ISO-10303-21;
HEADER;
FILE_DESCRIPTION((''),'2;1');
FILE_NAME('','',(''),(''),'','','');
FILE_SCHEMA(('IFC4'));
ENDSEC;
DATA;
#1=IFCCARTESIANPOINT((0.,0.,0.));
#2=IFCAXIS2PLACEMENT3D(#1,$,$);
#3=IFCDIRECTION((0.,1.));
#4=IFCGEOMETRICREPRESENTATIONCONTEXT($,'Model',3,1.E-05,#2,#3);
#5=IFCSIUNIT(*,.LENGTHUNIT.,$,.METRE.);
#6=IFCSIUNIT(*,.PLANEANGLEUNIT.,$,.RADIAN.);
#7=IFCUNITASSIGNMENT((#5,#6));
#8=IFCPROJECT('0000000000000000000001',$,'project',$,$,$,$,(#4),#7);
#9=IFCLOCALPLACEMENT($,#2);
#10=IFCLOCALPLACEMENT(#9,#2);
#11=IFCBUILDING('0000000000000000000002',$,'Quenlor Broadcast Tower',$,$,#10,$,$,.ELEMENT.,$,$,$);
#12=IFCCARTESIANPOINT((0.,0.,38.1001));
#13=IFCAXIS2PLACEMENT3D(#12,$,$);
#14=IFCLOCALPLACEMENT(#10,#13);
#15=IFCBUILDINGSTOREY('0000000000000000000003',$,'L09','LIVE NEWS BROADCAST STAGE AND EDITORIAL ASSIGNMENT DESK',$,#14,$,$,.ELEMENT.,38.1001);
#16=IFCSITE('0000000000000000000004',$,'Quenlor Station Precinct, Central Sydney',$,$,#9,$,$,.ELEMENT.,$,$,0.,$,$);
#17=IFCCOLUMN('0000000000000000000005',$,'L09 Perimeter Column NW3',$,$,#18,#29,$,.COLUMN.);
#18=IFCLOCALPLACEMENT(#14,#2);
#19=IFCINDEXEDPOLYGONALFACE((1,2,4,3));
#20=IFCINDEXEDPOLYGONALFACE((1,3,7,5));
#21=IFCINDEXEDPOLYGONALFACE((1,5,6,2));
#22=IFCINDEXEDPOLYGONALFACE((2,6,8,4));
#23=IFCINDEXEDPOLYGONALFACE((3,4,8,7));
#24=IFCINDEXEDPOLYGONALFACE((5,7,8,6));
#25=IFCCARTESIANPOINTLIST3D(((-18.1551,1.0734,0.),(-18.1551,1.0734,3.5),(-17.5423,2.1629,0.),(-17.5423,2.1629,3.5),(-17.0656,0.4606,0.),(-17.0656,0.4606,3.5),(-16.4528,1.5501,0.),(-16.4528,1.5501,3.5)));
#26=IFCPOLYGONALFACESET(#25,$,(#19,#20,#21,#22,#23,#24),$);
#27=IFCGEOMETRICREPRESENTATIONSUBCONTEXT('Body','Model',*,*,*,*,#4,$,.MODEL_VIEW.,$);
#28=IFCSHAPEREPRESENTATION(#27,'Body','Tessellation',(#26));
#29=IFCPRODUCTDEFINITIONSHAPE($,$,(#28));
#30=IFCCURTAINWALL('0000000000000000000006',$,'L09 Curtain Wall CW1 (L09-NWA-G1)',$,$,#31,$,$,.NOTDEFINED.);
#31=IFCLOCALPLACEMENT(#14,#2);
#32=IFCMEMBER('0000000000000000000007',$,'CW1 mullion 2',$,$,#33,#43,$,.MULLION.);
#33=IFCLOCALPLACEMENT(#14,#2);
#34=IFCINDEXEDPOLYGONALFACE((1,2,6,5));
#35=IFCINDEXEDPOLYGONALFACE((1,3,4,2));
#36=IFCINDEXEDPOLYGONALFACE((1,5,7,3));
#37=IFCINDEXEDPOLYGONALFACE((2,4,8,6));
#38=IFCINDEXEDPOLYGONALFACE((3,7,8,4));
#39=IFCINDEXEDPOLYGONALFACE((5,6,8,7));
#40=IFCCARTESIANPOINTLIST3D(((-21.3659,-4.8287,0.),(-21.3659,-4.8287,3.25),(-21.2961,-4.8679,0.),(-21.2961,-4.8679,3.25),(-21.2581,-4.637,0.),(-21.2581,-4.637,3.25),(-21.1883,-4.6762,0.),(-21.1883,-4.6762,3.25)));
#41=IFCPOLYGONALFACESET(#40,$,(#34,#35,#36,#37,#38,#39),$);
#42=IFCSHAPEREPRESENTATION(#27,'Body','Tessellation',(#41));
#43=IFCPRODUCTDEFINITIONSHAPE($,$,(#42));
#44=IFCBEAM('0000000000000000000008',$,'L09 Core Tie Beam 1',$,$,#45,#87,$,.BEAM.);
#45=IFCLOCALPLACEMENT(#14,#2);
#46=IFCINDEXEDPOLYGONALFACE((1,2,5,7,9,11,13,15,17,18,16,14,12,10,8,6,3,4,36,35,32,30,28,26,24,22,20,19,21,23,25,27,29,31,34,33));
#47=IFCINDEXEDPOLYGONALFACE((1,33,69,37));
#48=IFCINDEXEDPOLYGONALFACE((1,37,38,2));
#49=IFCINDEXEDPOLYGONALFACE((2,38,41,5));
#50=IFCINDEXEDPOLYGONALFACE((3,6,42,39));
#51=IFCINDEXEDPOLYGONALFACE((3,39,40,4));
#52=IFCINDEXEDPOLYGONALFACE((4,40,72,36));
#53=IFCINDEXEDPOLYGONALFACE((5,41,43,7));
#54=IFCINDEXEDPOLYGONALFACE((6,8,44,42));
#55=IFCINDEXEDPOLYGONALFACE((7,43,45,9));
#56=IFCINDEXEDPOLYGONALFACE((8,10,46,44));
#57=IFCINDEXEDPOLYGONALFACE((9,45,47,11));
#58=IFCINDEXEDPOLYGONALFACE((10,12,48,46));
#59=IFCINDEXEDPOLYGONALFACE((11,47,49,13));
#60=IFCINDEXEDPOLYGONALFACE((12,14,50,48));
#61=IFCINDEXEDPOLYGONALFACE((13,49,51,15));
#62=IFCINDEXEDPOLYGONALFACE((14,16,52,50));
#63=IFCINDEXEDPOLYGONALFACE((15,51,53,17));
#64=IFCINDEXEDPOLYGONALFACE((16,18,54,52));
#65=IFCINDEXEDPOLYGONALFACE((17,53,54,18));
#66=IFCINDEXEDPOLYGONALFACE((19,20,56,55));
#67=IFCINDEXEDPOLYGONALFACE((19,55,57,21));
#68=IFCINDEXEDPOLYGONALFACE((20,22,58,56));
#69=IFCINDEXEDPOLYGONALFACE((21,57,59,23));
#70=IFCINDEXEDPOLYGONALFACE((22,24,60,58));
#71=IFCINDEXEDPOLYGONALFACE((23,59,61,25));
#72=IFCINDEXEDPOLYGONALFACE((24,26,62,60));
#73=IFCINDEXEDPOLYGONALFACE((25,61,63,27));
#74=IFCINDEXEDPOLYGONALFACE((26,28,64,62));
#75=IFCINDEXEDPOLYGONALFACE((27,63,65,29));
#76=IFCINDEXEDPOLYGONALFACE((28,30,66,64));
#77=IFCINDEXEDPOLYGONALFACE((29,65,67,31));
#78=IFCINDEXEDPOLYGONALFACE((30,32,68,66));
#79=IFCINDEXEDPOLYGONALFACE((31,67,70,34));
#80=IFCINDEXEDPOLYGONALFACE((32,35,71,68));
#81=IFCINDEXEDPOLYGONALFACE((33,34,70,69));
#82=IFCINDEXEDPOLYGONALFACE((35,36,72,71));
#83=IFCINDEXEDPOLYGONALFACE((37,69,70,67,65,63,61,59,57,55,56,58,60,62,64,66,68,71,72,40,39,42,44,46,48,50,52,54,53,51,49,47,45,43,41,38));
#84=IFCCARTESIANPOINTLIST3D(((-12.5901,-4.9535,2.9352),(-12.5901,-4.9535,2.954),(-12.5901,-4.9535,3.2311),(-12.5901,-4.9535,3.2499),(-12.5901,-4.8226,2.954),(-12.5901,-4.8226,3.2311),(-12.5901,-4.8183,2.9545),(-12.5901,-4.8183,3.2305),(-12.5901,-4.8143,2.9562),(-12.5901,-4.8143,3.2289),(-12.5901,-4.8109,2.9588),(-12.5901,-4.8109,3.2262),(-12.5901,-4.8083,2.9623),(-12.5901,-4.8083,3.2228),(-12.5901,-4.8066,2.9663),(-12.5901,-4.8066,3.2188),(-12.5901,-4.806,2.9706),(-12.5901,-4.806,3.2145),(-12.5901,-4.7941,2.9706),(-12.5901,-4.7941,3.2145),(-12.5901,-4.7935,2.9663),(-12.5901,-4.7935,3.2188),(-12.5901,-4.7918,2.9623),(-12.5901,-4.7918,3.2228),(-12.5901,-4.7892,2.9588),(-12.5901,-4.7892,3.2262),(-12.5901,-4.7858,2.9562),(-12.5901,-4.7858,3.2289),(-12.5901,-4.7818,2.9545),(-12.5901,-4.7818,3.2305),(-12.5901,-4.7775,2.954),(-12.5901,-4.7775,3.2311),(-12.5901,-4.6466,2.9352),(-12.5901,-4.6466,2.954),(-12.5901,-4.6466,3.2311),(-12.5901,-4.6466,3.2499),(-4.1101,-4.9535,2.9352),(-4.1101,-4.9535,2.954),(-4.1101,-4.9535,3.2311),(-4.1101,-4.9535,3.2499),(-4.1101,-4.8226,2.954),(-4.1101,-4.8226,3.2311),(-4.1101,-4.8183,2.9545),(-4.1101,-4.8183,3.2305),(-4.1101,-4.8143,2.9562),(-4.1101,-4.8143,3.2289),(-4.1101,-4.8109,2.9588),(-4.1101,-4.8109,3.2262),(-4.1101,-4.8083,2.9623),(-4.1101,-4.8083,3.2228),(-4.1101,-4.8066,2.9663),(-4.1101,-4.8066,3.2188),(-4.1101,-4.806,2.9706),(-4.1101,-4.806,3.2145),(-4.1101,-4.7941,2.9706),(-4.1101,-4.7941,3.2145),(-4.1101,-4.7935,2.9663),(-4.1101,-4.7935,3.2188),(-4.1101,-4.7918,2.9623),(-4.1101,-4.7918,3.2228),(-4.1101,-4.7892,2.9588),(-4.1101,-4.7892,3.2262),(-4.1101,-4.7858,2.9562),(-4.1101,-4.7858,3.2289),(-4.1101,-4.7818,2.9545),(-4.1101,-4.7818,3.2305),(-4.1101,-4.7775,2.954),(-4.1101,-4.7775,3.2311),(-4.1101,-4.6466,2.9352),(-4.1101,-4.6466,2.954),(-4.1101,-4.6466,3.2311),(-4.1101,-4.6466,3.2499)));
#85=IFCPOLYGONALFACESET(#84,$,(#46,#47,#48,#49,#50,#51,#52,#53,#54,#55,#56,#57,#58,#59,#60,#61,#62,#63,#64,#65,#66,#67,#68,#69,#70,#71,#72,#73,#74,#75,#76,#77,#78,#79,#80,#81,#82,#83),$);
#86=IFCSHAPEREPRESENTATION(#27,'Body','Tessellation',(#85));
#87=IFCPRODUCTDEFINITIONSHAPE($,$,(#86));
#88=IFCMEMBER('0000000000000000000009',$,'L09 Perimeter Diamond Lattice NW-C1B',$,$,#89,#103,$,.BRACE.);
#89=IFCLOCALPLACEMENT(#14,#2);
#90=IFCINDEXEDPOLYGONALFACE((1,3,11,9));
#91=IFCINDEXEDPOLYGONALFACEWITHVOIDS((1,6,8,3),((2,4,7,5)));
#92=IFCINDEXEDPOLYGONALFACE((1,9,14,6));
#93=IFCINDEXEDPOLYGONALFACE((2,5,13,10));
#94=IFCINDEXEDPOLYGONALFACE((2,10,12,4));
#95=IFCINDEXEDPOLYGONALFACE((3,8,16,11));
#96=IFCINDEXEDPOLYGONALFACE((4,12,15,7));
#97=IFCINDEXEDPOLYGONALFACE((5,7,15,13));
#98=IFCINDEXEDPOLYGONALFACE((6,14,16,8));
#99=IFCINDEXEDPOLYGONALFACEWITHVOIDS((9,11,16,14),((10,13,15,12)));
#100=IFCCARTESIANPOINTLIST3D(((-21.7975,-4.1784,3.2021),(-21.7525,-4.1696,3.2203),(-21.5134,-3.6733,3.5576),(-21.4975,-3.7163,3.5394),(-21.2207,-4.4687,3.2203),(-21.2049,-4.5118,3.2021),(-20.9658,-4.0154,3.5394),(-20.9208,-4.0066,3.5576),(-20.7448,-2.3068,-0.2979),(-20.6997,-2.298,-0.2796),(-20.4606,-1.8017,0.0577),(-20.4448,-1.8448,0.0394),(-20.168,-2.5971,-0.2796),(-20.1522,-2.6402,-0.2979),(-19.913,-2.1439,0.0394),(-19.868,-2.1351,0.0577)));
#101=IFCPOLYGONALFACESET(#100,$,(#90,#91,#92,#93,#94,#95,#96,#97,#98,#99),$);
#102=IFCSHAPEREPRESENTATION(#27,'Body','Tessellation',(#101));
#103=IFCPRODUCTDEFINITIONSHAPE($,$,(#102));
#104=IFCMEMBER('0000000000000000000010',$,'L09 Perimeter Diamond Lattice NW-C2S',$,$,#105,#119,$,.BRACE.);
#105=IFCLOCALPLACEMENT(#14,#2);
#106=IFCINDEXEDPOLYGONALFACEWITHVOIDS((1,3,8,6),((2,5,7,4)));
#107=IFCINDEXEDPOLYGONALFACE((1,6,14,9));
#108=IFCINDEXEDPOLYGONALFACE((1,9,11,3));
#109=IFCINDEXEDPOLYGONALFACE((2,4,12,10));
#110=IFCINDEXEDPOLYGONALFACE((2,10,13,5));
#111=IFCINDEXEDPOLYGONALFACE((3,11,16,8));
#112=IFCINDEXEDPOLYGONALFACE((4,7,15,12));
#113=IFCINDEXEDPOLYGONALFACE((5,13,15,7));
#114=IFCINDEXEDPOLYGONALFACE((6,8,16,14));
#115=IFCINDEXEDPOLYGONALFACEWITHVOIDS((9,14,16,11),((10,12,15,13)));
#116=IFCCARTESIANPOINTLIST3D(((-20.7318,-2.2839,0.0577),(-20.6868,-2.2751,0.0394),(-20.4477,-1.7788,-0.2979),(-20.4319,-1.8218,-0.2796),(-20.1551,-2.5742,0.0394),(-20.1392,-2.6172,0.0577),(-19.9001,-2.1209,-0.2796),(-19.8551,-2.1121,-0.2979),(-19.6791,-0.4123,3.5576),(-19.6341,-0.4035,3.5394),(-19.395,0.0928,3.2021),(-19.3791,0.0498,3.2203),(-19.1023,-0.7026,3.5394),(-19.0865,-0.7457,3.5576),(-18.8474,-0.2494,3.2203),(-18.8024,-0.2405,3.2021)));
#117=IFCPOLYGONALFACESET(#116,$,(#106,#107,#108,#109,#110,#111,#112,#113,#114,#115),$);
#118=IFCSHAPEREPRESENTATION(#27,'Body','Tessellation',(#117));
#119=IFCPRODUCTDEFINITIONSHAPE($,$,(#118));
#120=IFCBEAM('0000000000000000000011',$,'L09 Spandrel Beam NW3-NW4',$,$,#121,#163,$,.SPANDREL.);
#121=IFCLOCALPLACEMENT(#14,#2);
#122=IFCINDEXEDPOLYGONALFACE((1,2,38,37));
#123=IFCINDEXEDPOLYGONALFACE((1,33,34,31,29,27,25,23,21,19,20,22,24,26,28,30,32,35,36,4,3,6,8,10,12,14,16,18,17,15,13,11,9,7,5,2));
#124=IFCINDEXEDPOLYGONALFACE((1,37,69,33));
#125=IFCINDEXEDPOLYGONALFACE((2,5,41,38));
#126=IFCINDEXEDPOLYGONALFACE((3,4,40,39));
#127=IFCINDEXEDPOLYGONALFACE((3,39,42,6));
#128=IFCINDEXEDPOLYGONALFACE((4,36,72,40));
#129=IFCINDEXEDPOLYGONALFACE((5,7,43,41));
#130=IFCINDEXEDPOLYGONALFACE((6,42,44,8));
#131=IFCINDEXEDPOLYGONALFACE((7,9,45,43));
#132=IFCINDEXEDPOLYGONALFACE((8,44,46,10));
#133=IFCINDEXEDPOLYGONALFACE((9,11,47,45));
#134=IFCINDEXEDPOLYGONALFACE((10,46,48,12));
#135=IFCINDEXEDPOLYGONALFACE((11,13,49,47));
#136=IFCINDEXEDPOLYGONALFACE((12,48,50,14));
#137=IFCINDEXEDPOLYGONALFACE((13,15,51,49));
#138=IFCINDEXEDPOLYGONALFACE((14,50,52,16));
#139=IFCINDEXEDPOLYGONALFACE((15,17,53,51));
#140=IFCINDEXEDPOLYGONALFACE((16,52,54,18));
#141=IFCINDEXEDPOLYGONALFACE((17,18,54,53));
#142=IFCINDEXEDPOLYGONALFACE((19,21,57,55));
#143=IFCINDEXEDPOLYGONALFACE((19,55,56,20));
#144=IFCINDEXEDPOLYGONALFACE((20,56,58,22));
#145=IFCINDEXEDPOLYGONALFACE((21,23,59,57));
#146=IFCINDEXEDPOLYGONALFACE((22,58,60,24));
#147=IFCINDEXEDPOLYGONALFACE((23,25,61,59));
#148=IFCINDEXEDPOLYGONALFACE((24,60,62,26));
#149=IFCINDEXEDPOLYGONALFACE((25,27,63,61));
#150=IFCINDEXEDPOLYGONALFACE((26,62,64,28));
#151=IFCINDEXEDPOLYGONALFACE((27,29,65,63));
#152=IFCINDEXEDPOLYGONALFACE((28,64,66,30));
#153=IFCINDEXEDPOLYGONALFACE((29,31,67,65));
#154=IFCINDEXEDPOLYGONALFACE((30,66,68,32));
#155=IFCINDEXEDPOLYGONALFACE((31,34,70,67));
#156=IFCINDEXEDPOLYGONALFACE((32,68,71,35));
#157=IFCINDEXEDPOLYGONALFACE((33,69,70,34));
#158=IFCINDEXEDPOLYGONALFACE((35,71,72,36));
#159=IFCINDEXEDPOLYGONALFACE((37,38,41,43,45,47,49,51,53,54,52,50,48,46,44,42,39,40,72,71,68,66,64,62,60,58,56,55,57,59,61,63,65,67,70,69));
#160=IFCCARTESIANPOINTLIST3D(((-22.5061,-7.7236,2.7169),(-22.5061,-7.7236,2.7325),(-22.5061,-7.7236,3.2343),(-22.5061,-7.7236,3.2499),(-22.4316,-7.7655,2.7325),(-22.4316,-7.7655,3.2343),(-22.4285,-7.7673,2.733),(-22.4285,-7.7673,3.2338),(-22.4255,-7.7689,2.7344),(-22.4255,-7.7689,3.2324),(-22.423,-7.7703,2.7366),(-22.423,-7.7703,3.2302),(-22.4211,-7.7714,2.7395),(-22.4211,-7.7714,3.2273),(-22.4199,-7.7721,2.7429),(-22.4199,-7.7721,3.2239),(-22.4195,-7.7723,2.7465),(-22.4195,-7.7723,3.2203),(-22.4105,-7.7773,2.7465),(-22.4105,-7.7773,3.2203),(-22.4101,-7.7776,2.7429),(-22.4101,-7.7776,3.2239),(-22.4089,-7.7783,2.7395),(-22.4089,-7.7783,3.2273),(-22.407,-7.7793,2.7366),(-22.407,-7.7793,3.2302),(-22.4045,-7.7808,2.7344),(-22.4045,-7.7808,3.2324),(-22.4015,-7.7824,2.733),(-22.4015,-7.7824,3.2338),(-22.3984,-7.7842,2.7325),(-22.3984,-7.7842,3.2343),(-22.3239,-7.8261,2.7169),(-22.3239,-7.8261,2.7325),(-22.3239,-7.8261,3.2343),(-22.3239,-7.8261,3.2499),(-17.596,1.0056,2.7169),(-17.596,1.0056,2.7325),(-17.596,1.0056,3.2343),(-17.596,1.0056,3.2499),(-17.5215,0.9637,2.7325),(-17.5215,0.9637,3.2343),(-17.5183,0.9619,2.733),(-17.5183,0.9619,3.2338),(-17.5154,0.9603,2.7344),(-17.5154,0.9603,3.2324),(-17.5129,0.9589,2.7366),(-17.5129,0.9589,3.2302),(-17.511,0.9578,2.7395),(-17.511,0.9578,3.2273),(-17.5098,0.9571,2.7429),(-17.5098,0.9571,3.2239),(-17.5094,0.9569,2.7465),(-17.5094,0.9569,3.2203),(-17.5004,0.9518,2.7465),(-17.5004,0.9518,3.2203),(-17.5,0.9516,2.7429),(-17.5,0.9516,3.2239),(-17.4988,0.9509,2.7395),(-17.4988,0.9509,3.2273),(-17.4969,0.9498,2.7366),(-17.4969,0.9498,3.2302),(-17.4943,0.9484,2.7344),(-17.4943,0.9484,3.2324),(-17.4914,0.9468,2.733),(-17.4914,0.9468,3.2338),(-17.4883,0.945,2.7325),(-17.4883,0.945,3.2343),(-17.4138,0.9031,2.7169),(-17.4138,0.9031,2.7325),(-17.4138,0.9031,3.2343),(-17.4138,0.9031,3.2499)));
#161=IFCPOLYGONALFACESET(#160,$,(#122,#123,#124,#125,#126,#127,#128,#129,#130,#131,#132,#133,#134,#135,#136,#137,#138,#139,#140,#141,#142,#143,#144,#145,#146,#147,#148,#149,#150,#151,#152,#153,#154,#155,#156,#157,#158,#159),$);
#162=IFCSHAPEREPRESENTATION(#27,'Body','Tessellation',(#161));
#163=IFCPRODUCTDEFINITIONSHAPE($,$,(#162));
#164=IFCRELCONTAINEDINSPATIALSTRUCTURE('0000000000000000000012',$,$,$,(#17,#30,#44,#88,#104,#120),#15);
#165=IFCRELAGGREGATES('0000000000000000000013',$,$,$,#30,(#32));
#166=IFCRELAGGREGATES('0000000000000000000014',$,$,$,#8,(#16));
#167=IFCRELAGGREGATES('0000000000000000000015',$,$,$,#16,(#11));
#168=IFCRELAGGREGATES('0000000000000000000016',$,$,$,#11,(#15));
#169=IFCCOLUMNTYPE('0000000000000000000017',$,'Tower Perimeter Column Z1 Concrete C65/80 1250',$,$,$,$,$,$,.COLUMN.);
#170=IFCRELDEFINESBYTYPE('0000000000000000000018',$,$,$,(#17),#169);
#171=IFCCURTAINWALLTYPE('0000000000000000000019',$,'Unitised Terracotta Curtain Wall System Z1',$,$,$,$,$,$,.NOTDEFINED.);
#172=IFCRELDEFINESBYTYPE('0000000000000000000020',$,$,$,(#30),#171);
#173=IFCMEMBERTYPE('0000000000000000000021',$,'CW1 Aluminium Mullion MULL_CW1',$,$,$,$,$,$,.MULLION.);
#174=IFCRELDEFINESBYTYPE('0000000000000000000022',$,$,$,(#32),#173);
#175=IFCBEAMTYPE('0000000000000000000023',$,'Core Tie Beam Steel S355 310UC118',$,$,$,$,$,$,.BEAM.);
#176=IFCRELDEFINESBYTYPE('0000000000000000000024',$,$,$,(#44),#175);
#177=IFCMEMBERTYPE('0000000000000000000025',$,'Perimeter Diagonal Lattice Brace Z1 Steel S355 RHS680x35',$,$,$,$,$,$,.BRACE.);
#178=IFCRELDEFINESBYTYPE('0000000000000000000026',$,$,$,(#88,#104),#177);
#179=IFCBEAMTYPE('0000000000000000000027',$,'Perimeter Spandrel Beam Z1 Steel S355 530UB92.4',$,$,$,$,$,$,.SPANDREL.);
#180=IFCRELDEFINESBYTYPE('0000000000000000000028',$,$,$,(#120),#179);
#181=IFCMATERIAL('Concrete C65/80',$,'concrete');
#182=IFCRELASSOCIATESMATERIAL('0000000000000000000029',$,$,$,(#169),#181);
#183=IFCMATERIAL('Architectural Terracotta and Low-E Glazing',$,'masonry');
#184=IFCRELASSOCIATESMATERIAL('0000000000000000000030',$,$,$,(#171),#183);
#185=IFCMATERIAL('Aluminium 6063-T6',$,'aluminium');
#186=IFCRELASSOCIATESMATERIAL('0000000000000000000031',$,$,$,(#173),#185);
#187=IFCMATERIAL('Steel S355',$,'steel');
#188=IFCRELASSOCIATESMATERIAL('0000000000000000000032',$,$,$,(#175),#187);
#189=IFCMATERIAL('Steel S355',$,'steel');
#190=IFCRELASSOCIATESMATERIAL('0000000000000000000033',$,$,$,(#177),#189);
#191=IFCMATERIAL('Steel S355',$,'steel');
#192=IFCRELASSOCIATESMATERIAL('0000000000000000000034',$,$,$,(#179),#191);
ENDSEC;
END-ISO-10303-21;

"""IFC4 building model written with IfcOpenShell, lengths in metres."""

from ifc_helpers import new_model, si_unit, direction, frame, origin, origin_2d, place, context, subcontext, project, spatial, rectangle, hollow_rectangle, i_section, extrude, material, material_profile, profile_set, type_object, element, aggregate, save


model = new_model("IFC4")

# Units and contexts
model_context = context("Model", 3, precision=1e-05, world=origin(), true_north=direction((0.0, 1.0)))
body_context = subcontext(model_context, "Body", "Model", "MODEL_VIEW")
ifc_project = project(units=[si_unit("LENGTHUNIT", "METRE"), si_unit("PLANEANGLEUNIT", "RADIAN")], contexts=[model_context])

# Site, building, storey
site_placement = place(None, origin())
site = spatial("IfcSite", under=ifc_project, at=site_placement, Name="Quenlor Station Precinct, Central Sydney", CompositionType="ELEMENT", RefElevation=0.0)
building_placement = place(site_placement, origin())
building = spatial("IfcBuilding", under=site, at=building_placement, Name="Quenlor Broadcast Tower", CompositionType="ELEMENT")
storey_placement = place(building_placement, frame((0.0, 0.0, 38.1001)))
storey = spatial("IfcBuildingStorey", under=building, at=storey_placement, Name="L09", Description="LIVE NEWS BROADCAST STAGE AND EDITORIAL ASSIGNMENT DESK", CompositionType="ELEMENT", Elevation=38.1001)

# Column
ifc_material_1 = material(Name="Concrete C65/80", Category="concrete")
ifc_material_profile_1 = material_profile(ifc_material_1, rectangle(XDim=1.25, YDim=1.25, at=origin_2d()))
ifc_profile_set_1 = profile_set([ifc_material_profile_1], Name="Concrete C65/80 RC1250x1250")
column_type = type_object("IfcColumnType", Name="Tower Perimeter Column Z1 Concrete C65/80 1250", PredefinedType="COLUMN", material=ifc_profile_set_1)
column_placement = place(storey_placement, frame((-17.304, 1.3118, 0.0), z_axis=(0.0, 0.0, 1.0), x_axis=(-0.871575, 0.490262, 0.0)))
element("IfcColumn", 1, at=column_placement, inside=storey, type_object=column_type, Name="L09 Perimeter Column NW3", PredefinedType="COLUMN", context=body_context, shape_type="SweptSolid", body=[
    extrude(rectangle(XDim=1.25, YDim=1.25, at=origin_2d()), origin(), (0.0, 0.0, 1.0), 3.5),
])

# Curtain wall, member
ifc_material_2 = material(Name="Architectural Terracotta and Low-E Glazing", Category="masonry")
curtain_wall_type = type_object("IfcCurtainWallType", Name="Unitised Terracotta Curtain Wall System Z1", PredefinedType="NOTDEFINED", material=ifc_material_2)
curtain_wall_placement = place(storey_placement, origin())
curtain_wall = element("IfcCurtainWall", 2, at=curtain_wall_placement, inside=storey, type_object=curtain_wall_type, Name="L09 Curtain Wall CW1 (L09-NWA-G1)", PredefinedType="NOTDEFINED")
ifc_material_3 = material(Name="Aluminium 6063-T6", Category="aluminium")
ifc_material_profile_2 = material_profile(ifc_material_3, rectangle(XDim=0.0801, YDim=0.22, at=origin_2d()))
ifc_profile_set_2 = profile_set([ifc_material_profile_2], Name="Aluminium 6063-T6 MULL80x220")
member_type_1 = type_object("IfcMemberType", Name="CW1 Aluminium Mullion MULL_CW1", PredefinedType="MULLION", material=ifc_profile_set_2)
member_placement = place(storey_placement, frame((-21.2771, -4.7524, 0.0), z_axis=(0.0, 0.0, 1.0), x_axis=(-0.871567, 0.490277, 0.0)))
member = element("IfcMember", 3, at=member_placement, type_object=member_type_1, Name="CW1 mullion 2", PredefinedType="MULLION", context=body_context, shape_type="SweptSolid", body=[
    extrude(rectangle(XDim=0.0801, YDim=0.22, at=origin_2d()), origin(), (0.0, 0.0, 1.0), 3.25),
])
aggregate(curtain_wall, [member])

# Beam
ifc_material_4 = material(Name="Steel S355", Category="steel")
ifc_material_profile_3 = material_profile(ifc_material_4, i_section(OverallWidth=0.3069, OverallDepth=0.3147, WebThickness=0.012, FlangeThickness=0.0188, FilletRadius=0.0166, at=origin_2d()))
ifc_profile_set_3 = profile_set([ifc_material_profile_3], Name="Steel S355 310UC118")
beam_type_1 = type_object("IfcBeamType", Name="Core Tie Beam Steel S355 310UC118", PredefinedType="BEAM", material=ifc_profile_set_3)
beam_1_placement = place(storey_placement, frame((-12.5901, -4.8, 3.0925), z_axis=(1.0, 0.0, 0.0), x_axis=(0.0, 1.0, 0.0)))
element("IfcBeam", 4, at=beam_1_placement, inside=storey, type_object=beam_type_1, Name="L09 Core Tie Beam 1", PredefinedType="BEAM", context=body_context, shape_type="SweptSolid", body=[
    extrude(i_section(OverallWidth=0.3069, OverallDepth=0.3147, WebThickness=0.012, FlangeThickness=0.0188, FilletRadius=0.0166, at=origin_2d()), origin(), (0.0, 0.0, 1.0), 8.48),
])

# Members
ifc_material_5 = material(Name="Steel S355", Category="steel")
ifc_material_profile_4 = material_profile(ifc_material_5, hollow_rectangle(XDim=0.6799, YDim=0.6799, WallThickness=0.0349, at=origin_2d()))
ifc_profile_set_4 = profile_set([ifc_material_profile_4], Name="Steel S355 RHS680x680x35")
member_type_2 = type_object("IfcMemberType", Name="Perimeter Diagonal Lattice Brace Z1 Steel S355 RHS680x35", PredefinedType="BRACE", material=ifc_profile_set_4)
for number, where, z_axis, x_axis, name in (
    (5, (-20.3064, -2.2209, -0.1201), (-0.256375, -0.455792, 0.852365), (0.871582, -0.49025, 0.0), "L09 Perimeter Diamond Lattice NW-C1B"),
    (6, (-20.2935, -2.198, -0.1201), (0.256375, 0.455792, 0.852365), (-0.871582, 0.49025, 0.0), "L09 Perimeter Diamond Lattice NW-C2S"),
):
    element("IfcMember", number, at=place(storey_placement, frame(where, z_axis=z_axis, x_axis=x_axis)), inside=storey, type_object=member_type_2, Name=name, PredefinedType="BRACE", context=body_context, shape_type="SweptSolid", body=[
        extrude(hollow_rectangle(XDim=0.6799, YDim=0.6799, WallThickness=0.0349, at=origin_2d()), origin(), (0.0, 0.0, 1.0), 4.1062),
    ])

# Beam
ifc_material_6 = material(Name="Steel S355", Category="steel")
ifc_material_profile_5 = material_profile(ifc_material_6, i_section(OverallWidth=0.209, OverallDepth=0.533, WebThickness=0.0103, FlangeThickness=0.0156, FilletRadius=0.0139, at=origin_2d()))
ifc_profile_set_5 = profile_set([ifc_material_profile_5], Name="Steel S355 530UB92.4")
beam_type_2 = type_object("IfcBeamType", Name="Perimeter Spandrel Beam Z1 Steel S355 530UB92.4", PredefinedType="SPANDREL", material=ifc_profile_set_5)
beam_2_placement = place(storey_placement, frame((-17.5049, 0.9543, 2.9834), z_axis=(-0.490258, -0.871577, 0.0), x_axis=(0.871577, -0.490258, 0.0)))
element("IfcBeam", 7, at=beam_2_placement, inside=storey, type_object=beam_type_2, Name="L09 Spandrel Beam NW3-NW4", PredefinedType="SPANDREL", context=body_context, shape_type="SweptSolid", body=[
    extrude(i_section(OverallWidth=0.209, OverallDepth=0.533, WebThickness=0.0103, FlangeThickness=0.0156, FilletRadius=0.0139, at=origin_2d()), origin(), (0.0, 0.0, 1.0), 10.0154),
])

save(model, "model.ifc")
